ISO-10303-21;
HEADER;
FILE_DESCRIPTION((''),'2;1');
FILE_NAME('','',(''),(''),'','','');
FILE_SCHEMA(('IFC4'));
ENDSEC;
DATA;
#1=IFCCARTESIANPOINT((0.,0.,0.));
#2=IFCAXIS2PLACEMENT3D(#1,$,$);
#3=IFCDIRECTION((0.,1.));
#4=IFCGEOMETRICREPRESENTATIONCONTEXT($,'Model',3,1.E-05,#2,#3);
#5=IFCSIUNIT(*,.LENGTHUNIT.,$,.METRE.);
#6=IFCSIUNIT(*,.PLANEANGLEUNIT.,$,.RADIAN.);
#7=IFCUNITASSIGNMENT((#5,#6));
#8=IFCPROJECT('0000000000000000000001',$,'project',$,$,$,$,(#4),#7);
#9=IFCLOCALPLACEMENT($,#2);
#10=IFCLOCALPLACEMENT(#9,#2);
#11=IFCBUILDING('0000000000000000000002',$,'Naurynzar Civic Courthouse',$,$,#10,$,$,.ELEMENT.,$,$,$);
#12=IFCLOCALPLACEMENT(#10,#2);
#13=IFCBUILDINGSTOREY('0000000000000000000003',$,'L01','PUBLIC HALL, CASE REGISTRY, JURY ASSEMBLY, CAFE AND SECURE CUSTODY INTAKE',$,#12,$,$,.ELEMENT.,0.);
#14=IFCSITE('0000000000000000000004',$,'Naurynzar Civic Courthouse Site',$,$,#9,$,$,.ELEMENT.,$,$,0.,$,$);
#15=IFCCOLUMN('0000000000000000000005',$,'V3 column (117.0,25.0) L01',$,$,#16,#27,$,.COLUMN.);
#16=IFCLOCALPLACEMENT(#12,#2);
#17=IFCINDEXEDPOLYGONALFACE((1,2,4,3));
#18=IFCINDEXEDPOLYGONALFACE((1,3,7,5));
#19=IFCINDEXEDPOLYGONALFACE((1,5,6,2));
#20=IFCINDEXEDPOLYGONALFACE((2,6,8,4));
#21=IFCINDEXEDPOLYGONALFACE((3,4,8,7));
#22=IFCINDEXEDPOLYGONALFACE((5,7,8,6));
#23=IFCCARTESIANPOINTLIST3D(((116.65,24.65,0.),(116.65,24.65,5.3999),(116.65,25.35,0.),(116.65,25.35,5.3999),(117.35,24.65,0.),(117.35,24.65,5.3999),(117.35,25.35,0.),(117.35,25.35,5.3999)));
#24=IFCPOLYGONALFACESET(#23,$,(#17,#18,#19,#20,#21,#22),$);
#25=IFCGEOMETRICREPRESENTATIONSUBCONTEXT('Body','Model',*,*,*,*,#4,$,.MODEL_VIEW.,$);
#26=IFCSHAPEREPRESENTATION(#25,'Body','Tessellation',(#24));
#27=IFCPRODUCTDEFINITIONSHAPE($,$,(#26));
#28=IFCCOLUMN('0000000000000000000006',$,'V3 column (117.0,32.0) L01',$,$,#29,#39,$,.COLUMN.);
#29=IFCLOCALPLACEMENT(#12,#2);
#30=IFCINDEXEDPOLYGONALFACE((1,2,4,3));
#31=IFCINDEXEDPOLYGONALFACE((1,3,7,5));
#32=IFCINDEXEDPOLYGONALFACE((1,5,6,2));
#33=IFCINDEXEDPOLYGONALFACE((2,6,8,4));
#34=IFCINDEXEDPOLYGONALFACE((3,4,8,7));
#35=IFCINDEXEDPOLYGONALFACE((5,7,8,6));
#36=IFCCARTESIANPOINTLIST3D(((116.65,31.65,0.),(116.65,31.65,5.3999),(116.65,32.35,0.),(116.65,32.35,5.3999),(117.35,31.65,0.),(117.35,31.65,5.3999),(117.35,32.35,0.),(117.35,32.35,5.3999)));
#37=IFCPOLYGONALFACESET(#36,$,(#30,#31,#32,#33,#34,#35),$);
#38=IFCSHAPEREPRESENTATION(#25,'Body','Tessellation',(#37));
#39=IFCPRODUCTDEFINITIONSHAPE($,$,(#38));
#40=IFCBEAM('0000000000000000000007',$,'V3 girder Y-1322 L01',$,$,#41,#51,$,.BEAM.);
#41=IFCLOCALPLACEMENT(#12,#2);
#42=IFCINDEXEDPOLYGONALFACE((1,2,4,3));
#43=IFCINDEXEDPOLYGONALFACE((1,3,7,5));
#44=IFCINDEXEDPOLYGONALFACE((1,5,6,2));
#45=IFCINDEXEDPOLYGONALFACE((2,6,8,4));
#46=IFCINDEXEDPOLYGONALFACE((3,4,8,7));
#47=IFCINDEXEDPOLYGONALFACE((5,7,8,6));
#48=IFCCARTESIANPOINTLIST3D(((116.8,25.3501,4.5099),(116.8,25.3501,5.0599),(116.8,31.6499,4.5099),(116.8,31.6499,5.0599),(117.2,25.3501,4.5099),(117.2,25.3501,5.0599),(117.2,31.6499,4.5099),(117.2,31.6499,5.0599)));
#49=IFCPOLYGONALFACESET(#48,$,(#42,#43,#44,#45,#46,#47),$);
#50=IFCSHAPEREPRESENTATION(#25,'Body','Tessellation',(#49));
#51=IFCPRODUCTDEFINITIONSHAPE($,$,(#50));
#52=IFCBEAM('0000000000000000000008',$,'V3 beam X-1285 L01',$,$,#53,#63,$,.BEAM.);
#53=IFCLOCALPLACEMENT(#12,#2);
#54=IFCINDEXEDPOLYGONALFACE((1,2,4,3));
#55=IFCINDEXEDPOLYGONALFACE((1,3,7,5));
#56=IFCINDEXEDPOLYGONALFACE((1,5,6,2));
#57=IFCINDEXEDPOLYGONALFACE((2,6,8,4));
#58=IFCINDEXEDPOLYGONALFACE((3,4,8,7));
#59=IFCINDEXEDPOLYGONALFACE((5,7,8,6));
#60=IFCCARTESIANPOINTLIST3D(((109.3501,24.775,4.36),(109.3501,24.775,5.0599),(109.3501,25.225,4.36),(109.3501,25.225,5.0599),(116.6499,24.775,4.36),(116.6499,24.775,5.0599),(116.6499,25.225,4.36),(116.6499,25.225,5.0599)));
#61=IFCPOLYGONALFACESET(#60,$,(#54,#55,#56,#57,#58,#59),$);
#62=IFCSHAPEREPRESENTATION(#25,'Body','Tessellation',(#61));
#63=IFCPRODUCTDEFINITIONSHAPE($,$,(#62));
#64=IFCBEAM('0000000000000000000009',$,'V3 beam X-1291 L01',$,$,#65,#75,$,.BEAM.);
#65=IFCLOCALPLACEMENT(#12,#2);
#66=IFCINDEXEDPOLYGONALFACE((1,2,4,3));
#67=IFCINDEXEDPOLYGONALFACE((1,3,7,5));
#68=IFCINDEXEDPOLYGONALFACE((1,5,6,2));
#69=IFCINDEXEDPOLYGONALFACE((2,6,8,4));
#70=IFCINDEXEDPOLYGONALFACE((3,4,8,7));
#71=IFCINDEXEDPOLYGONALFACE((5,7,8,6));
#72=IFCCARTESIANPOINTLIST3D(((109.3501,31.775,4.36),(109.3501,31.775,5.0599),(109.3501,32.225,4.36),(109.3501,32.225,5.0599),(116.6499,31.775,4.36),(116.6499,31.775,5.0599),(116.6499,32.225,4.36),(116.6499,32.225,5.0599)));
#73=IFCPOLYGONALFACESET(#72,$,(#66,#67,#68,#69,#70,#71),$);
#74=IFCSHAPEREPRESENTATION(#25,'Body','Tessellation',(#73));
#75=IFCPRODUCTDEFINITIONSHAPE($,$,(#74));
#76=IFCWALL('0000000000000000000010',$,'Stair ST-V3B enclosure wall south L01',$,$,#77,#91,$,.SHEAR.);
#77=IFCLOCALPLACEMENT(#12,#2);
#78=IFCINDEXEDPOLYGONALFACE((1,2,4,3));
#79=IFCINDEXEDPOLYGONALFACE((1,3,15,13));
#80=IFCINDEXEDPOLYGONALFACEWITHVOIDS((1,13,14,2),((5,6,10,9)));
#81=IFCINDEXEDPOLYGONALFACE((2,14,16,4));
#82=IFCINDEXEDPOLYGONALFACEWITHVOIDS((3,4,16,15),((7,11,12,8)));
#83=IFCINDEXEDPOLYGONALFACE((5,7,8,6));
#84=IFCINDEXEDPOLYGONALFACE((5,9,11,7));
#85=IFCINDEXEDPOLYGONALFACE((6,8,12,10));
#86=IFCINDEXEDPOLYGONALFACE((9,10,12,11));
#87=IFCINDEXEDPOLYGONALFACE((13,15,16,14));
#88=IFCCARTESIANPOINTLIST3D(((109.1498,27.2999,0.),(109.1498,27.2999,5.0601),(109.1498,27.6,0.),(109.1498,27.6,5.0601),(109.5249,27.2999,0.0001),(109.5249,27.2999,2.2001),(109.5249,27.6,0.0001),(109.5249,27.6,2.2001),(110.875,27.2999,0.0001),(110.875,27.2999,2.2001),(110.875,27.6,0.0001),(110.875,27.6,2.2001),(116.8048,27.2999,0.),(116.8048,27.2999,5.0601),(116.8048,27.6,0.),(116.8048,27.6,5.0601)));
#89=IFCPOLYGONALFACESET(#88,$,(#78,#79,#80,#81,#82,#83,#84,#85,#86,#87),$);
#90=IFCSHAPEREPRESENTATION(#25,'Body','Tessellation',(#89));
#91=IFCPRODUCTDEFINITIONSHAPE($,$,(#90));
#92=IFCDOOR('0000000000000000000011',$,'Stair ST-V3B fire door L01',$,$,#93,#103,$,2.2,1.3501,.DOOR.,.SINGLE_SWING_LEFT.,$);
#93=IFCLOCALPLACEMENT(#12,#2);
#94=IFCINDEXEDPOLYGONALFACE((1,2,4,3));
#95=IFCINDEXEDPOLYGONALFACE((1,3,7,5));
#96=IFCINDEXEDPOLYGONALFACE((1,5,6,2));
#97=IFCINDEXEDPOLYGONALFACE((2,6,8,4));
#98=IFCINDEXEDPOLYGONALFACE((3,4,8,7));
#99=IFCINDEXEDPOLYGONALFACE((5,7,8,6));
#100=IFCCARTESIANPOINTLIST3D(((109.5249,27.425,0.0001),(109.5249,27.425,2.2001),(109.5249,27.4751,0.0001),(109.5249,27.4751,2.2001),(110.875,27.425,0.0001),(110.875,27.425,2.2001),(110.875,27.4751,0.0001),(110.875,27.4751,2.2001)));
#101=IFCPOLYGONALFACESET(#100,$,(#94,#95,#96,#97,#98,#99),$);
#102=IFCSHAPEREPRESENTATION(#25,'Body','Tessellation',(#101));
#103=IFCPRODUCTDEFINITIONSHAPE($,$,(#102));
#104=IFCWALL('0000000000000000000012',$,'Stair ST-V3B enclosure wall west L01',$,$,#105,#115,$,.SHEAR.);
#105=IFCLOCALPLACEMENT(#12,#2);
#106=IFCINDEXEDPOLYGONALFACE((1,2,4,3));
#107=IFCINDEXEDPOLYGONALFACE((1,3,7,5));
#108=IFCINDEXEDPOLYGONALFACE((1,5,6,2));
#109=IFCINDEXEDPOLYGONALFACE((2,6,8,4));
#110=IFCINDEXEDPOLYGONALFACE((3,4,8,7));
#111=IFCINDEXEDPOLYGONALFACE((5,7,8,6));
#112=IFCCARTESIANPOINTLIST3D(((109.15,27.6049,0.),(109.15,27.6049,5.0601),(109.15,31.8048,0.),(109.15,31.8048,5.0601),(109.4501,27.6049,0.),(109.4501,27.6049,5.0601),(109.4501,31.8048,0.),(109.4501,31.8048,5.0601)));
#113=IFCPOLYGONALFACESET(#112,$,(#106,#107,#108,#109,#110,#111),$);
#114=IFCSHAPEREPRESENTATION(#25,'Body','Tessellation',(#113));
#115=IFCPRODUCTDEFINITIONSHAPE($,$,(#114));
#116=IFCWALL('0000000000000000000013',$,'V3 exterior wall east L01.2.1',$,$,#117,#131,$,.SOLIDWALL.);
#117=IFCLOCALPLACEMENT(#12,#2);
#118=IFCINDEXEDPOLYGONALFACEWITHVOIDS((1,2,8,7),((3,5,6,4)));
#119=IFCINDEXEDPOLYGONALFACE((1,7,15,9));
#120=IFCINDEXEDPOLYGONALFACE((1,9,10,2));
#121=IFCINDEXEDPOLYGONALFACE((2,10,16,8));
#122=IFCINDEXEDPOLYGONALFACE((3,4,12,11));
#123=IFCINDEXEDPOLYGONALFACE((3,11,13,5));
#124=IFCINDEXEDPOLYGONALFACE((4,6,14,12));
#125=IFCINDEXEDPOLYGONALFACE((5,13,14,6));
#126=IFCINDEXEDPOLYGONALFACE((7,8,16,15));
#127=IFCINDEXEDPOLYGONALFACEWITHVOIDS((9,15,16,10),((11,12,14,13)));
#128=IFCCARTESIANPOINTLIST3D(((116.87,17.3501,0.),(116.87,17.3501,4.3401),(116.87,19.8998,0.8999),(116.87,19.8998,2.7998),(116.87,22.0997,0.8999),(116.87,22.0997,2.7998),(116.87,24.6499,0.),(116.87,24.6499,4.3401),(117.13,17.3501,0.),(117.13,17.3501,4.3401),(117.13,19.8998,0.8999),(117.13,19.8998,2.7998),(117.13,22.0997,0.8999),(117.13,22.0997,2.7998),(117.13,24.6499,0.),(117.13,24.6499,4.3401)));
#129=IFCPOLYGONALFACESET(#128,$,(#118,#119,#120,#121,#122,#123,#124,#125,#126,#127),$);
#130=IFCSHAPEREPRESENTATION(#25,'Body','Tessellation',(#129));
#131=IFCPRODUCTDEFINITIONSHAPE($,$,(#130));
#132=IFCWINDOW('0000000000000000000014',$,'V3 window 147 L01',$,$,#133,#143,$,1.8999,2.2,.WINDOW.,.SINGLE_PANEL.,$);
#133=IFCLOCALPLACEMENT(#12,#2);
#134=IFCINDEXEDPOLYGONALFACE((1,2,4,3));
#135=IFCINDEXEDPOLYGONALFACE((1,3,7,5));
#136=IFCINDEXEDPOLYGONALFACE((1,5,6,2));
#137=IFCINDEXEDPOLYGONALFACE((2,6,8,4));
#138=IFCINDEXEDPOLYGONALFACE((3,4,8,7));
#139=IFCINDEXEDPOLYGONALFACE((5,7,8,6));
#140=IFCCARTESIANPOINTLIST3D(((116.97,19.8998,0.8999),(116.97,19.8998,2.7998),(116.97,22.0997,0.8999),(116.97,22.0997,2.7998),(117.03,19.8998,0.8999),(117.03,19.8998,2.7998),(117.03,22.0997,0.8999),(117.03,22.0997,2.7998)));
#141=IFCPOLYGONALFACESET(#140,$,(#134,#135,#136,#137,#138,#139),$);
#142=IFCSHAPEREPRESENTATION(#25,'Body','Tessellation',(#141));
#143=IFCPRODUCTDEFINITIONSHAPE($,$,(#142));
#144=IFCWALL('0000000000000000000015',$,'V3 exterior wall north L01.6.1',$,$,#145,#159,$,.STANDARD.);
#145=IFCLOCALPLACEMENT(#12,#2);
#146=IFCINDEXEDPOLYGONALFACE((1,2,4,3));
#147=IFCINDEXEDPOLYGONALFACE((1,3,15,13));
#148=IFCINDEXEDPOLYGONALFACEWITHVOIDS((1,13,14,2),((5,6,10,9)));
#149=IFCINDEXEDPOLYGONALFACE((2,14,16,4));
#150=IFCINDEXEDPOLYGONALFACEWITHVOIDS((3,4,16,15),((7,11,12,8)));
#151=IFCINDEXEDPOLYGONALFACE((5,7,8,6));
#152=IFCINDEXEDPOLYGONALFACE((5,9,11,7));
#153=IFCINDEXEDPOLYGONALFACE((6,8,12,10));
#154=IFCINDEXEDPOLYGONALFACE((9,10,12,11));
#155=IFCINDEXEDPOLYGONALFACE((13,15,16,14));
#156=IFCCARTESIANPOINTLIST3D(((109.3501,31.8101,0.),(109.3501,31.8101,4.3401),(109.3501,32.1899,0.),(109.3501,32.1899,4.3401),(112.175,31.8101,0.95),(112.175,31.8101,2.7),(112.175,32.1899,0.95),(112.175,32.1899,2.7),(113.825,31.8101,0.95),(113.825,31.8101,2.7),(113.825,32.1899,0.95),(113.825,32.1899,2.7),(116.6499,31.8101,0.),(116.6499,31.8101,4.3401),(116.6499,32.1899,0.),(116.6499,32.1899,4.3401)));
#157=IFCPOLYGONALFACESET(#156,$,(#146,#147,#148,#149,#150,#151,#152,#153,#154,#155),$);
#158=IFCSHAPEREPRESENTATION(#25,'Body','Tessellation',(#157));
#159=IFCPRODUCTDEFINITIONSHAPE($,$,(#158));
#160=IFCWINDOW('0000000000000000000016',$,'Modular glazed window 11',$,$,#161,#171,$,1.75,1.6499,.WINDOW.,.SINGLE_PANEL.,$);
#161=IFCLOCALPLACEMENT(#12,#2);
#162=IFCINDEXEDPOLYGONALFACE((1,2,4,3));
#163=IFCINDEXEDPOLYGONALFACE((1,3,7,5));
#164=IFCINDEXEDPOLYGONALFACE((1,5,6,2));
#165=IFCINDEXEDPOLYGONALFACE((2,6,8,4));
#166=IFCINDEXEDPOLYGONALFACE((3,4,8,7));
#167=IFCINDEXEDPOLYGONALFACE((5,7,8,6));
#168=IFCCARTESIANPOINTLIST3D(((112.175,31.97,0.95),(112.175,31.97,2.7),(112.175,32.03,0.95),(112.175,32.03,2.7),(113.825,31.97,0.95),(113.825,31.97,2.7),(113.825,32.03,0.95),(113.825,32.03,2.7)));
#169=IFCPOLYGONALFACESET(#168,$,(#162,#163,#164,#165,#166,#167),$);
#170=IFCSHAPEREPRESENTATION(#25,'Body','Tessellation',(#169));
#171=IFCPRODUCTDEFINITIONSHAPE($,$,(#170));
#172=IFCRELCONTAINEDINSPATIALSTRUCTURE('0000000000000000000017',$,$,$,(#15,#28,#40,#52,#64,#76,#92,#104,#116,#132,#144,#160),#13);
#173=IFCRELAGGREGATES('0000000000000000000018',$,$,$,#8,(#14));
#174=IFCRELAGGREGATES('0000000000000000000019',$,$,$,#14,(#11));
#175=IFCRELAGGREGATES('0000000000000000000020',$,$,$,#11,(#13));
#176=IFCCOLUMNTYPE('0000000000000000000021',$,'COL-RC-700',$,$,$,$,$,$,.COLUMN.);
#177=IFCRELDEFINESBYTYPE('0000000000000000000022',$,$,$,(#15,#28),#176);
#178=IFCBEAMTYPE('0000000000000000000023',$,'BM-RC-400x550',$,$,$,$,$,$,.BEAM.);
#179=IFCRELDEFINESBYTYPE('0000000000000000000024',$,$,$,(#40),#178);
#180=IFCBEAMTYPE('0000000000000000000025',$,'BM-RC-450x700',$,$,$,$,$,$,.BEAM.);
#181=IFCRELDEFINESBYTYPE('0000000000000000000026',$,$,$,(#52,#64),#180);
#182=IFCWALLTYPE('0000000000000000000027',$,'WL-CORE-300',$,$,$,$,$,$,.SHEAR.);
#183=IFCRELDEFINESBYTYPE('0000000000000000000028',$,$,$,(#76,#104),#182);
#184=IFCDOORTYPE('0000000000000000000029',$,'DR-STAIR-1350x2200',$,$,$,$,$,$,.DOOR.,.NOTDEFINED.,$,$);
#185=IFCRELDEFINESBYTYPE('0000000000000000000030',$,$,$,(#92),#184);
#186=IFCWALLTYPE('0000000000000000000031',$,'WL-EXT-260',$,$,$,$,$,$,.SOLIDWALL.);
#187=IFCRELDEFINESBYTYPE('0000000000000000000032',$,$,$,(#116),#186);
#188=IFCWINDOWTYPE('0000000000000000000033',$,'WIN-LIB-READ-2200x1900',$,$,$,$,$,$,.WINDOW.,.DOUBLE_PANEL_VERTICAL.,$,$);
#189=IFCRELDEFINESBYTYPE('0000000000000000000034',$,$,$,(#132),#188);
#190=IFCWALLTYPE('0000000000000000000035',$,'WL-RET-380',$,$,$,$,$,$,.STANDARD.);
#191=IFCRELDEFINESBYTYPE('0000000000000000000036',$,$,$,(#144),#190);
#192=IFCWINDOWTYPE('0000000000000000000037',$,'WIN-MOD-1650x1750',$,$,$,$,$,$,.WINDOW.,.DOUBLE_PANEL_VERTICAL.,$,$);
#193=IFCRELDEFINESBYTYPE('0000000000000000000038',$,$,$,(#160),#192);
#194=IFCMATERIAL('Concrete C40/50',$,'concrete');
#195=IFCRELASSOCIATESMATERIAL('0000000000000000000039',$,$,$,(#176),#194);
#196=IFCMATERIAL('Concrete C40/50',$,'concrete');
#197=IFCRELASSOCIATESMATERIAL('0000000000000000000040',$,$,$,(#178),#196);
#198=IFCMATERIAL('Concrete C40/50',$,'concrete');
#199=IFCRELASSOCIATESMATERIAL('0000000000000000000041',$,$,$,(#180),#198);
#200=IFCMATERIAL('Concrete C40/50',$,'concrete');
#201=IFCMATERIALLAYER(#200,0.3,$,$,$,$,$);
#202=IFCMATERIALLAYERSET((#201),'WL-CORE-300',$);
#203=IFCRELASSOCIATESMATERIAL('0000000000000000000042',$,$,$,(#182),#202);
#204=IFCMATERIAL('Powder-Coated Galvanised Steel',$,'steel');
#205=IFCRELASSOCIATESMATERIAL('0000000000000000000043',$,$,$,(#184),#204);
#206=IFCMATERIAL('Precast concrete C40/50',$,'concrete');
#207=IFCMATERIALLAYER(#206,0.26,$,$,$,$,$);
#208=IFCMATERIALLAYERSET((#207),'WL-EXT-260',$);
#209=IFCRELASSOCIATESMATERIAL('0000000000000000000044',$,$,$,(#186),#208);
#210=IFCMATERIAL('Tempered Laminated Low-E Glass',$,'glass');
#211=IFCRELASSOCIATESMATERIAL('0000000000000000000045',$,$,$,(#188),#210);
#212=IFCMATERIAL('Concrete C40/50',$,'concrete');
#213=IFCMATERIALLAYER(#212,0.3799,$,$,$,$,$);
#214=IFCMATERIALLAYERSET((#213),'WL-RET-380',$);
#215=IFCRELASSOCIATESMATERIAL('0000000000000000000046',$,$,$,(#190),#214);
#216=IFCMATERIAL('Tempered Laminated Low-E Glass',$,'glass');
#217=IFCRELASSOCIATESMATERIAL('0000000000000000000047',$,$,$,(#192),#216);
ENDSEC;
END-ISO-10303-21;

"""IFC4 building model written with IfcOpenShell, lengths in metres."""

from ifc_helpers import new_model, si_unit, direction, frame, frame_2d, origin, origin_2d, place, context, subcontext, project, spatial, rectangle, extrude, material, layer, layer_set, material_profile, profile_set, type_object, element, fill, save


model = new_model("IFC4")

# Units and contexts
model_context = context("Model", 3, precision=1e-05, world=origin(), true_north=direction((0.0, 1.0)))
body_context = subcontext(model_context, "Body", "Model", "MODEL_VIEW")
ifc_project = project(units=[si_unit("LENGTHUNIT", "METRE"), si_unit("PLANEANGLEUNIT", "RADIAN")], contexts=[model_context])

# Site, building, storey
site_placement = place(None, origin())
site = spatial("IfcSite", under=ifc_project, at=site_placement, Name="Naurynzar Civic Courthouse Site", CompositionType="ELEMENT", RefElevation=0.0)
building_placement = place(site_placement, origin())
building = spatial("IfcBuilding", under=site, at=building_placement, Name="Naurynzar Civic Courthouse", CompositionType="ELEMENT")
storey_placement = place(building_placement, origin())
storey = spatial("IfcBuildingStorey", under=building, at=storey_placement, Name="L01", Description="PUBLIC HALL, CASE REGISTRY, JURY ASSEMBLY, CAFE AND SECURE CUSTODY INTAKE", CompositionType="ELEMENT", Elevation=0.0)

# Columns
ifc_material_1 = material(Name="Concrete C40/50", Category="concrete")
ifc_material_profile_1 = material_profile(ifc_material_1, rectangle(XDim=0.7, YDim=0.7, at=origin_2d()), Name="RC 700x700")
ifc_profile_set_1 = profile_set([ifc_material_profile_1], Name="Concrete C40/50")
column_type = type_object("IfcColumnType", Name="COL-RC-700", PredefinedType="COLUMN", material=ifc_profile_set_1)
for number, where, z_axis, x_axis, name in (
    (1, (117.0, 25.0, 0.0), (0.0, 0.0, 1.0), (1.0, 0.0, 0.0), "V3 column (117.0,25.0) L01"),
    (2, (117.0, 32.0, 0.0), (0.0, 0.0, 1.0), (1.0, 0.0, 0.0), "V3 column (117.0,32.0) L01"),
):
    element("IfcColumn", number, at=place(storey_placement, frame(where, z_axis=z_axis, x_axis=x_axis)), inside=storey, type_object=column_type, Name=name, PredefinedType="COLUMN", context=body_context, shape_type="SweptSolid", body=[
        extrude(rectangle(XDim=0.7, YDim=0.7, at=origin_2d()), origin(), (0.0, 0.0, 1.0), 5.3999),
    ])

# Beams
ifc_material_2 = material(Name="Concrete C40/50", Category="concrete")
ifc_material_profile_2 = material_profile(ifc_material_2, rectangle(XDim=0.3999, YDim=0.55, at=origin_2d()), Name="RCB 400x550")
ifc_profile_set_2 = profile_set([ifc_material_profile_2], Name="Concrete C40/50")
beam_type_1 = type_object("IfcBeamType", Name="BM-RC-400x550", PredefinedType="BEAM", material=ifc_profile_set_2)
beam_placement = place(storey_placement, frame((117.0, 25.3501, 4.7849), z_axis=(0.0, 1.0, 0.0), x_axis=(-1.0, 0.0, 0.0)))
element("IfcBeam", 3, at=beam_placement, inside=storey, type_object=beam_type_1, Name="V3 girder Y-1322 L01", PredefinedType="BEAM", context=body_context, shape_type="SweptSolid", body=[
    extrude(rectangle(XDim=0.3999, YDim=0.55, at=origin_2d()), origin(), (0.0, 0.0, 1.0), 6.2998),
])
ifc_material_3 = material(Name="Concrete C40/50", Category="concrete")
ifc_material_profile_3 = material_profile(ifc_material_3, rectangle(XDim=0.45, YDim=0.7, at=origin_2d()), Name="RCB 450x700")
ifc_profile_set_3 = profile_set([ifc_material_profile_3], Name="Concrete C40/50")
beam_type_2 = type_object("IfcBeamType", Name="BM-RC-450x700", PredefinedType="BEAM", material=ifc_profile_set_3)
for number, where, z_axis, x_axis, name in (
    (4, (109.3501, 25.0, 4.71), (1.0, 0.0, 0.0), (0.0, 1.0, 0.0), "V3 beam X-1285 L01"),
    (5, (109.3501, 32.0, 4.71), (1.0, 0.0, 0.0), (0.0, 1.0, 0.0), "V3 beam X-1291 L01"),
):
    element("IfcBeam", number, at=place(storey_placement, frame(where, z_axis=z_axis, x_axis=x_axis)), inside=storey, type_object=beam_type_2, Name=name, PredefinedType="BEAM", context=body_context, shape_type="SweptSolid", body=[
        extrude(rectangle(XDim=0.45, YDim=0.7, at=origin_2d()), origin(), (0.0, 0.0, 1.0), 7.2998),
    ])

# Wall, opening, door
ifc_material_4 = material(Name="Concrete C40/50", Category="concrete")
ifc_layer_1 = layer(ifc_material_4, 0.3)
ifc_layer_set_1 = layer_set([ifc_layer_1], Name="WL-CORE-300")
wall_type_1 = type_object("IfcWallType", Name="WL-CORE-300", PredefinedType="SHEAR", material=ifc_layer_set_1)
wall_1_placement = place(storey_placement, frame((116.8049, 27.45, 0.0), z_axis=(0.0, 0.0, 1.0), x_axis=(-1.0, 0.0, 0.0)))
wall_1 = element("IfcWall", 6, at=wall_1_placement, inside=storey, type_object=wall_type_1, Name="Stair ST-V3B enclosure wall south L01", PredefinedType="SHEAR", context=body_context, shape_type="SweptSolid", body=[
    extrude(rectangle(XDim=7.655, YDim=0.3, at=frame_2d((3.8276, 0.0))), origin(), (0.0, 0.0, 1.0), 5.0601),
])
opening_1_placement = place(wall_1_placement, frame((5.9299, 0.0, 0.0)))
opening_1 = element("IfcOpeningElement", 7, at=opening_1_placement, cuts=wall_1, PredefinedType="OPENING", context=body_context, shape_type="SweptSolid", body=[
    extrude(rectangle(XDim=1.3501, YDim=2.2, at=frame_2d((0.675, 1.1001))), frame((0.0, 0.1599, 0.0), z_axis=(0.0, -1.0, 0.0), x_axis=(1.0, 0.0, 0.0)), (0.0, 0.0, 1.0), 0.3201),
])
ifc_material_5 = material(Name="Powder-Coated Galvanised Steel", Category="steel")
door_type = type_object("IfcDoorType", Name="DR-STAIR-1350x2200", OperationType="NOTDEFINED", PredefinedType="DOOR", material=ifc_material_5)
door_placement = place(opening_1_placement, origin())
door = element("IfcDoor", 8, at=door_placement, inside=storey, type_object=door_type, Name="Stair ST-V3B fire door L01", OperationType="SINGLE_SWING_LEFT", OverallHeight=2.2, OverallWidth=1.3501, PredefinedType="DOOR", context=body_context, shape_type="SweptSolid", body=[
    extrude(rectangle(XDim=1.3501, YDim=2.2, at=frame_2d((0.675, 1.1001))), frame((0.0, 0.0249, 0.0), z_axis=(0.0, -1.0, 0.0), x_axis=(1.0, 0.0, 0.0)), (0.0, 0.0, 1.0), 0.05),
])
fill(opening_1, door)

# Wall
wall_2_placement = place(storey_placement, frame((109.3, 31.8049, 0.0), z_axis=(0.0, 0.0, 1.0), x_axis=(0.0, -1.0, 0.0)))
element("IfcWall", 9, at=wall_2_placement, inside=storey, type_object=wall_type_1, Name="Stair ST-V3B enclosure wall west L01", PredefinedType="SHEAR", context=body_context, shape_type="SweptSolid", body=[
    extrude(rectangle(XDim=4.2, YDim=0.3, at=frame_2d((2.1001, 0.0))), origin(), (0.0, 0.0, 1.0), 5.0601),
])

# Walls, openings, windows
ifc_material_6 = material(Name="Precast concrete C40/50", Category="concrete")
ifc_layer_2 = layer(ifc_material_6, 0.26)
ifc_layer_set_2 = layer_set([ifc_layer_2], Name="WL-EXT-260")
wall_type_2 = type_object("IfcWallType", Name="WL-EXT-260", PredefinedType="SOLIDWALL", material=ifc_layer_set_2)
wall_3_placement = place(storey_placement, frame((117.0, 24.6499, 0.0), z_axis=(0.0, 0.0, 1.0), x_axis=(0.0, -1.0, 0.0)))
wall_3 = element("IfcWall", 10, at=wall_3_placement, inside=storey, type_object=wall_type_2, Name="V3 exterior wall east L01.2.1", PredefinedType="SOLIDWALL", context=body_context, shape_type="SweptSolid", body=[
    extrude(rectangle(XDim=7.2998, YDim=0.26, at=frame_2d((3.6499, 0.0))), origin(), (0.0, 0.0, 1.0), 4.3401),
])
opening_2_placement = place(wall_3_placement, frame((2.55, 0.0, 0.8999)))
opening_2 = element("IfcOpeningElement", 11, at=opening_2_placement, cuts=wall_3, PredefinedType="OPENING", context=body_context, shape_type="SweptSolid", body=[
    extrude(rectangle(XDim=2.2, YDim=1.8999, at=frame_2d((1.1001, 0.95))), frame((0.0, 0.1399, 0.0), z_axis=(0.0, -1.0, 0.0), x_axis=(1.0, 0.0, 0.0)), (0.0, 0.0, 1.0), 0.28),
])
ifc_material_7 = material(Name="Tempered Laminated Low-E Glass", Category="glass")
window_type_1 = type_object("IfcWindowType", Name="WIN-LIB-READ-2200x1900", PartitioningType="DOUBLE_PANEL_VERTICAL", PredefinedType="WINDOW", material=ifc_material_7)
window_1_placement = place(opening_2_placement, origin())
window_1 = element("IfcWindow", 12, at=window_1_placement, inside=storey, type_object=window_type_1, Name="V3 window 147 L01", OverallHeight=1.8999, OverallWidth=2.2, PartitioningType="SINGLE_PANEL", PredefinedType="WINDOW", context=body_context, shape_type="SweptSolid", body=[
    extrude(rectangle(XDim=2.2, YDim=1.8999, at=frame_2d((1.1001, 0.95))), frame((0.0, 0.03, 0.0), z_axis=(0.0, -1.0, 0.0), x_axis=(1.0, 0.0, 0.0)), (0.0, 0.0, 1.0), 0.0601),
])
fill(opening_2, window_1)
ifc_material_8 = material(Name="Concrete C40/50", Category="concrete")
ifc_layer_3 = layer(ifc_material_8, 0.3799)
ifc_layer_set_3 = layer_set([ifc_layer_3], Name="WL-RET-380")
wall_type_3 = type_object("IfcWallType", Name="WL-RET-380", PredefinedType="STANDARD", material=ifc_layer_set_3)
wall_4_placement = place(storey_placement, frame((109.3501, 32.0, 0.0), z_axis=(0.0, 0.0, 1.0), x_axis=(1.0, 0.0, 0.0)))
wall_4 = element("IfcWall", 13, at=wall_4_placement, inside=storey, type_object=wall_type_3, Name="V3 exterior wall north L01.6.1", PredefinedType="STANDARD", context=body_context, shape_type="SweptSolid", body=[
    extrude(rectangle(XDim=7.2998, YDim=0.3799, at=frame_2d((3.6499, 0.0))), origin(), (0.0, 0.0, 1.0), 4.3401),
])
opening_3_placement = place(wall_4_placement, frame((2.825, 0.0, 0.95)))
opening_3 = element("IfcOpeningElement", 14, at=opening_3_placement, cuts=wall_4, PredefinedType="OPENING", context=body_context, shape_type="SweptSolid", body=[
    extrude(rectangle(XDim=1.6499, YDim=1.75, at=frame_2d((0.825, 0.875))), frame((0.0, 0.2, 0.0), z_axis=(0.0, -1.0, 0.0), x_axis=(1.0, 0.0, 0.0)), (0.0, 0.0, 1.0), 0.3999),
])
ifc_material_9 = material(Name="Tempered Laminated Low-E Glass", Category="glass")
window_type_2 = type_object("IfcWindowType", Name="WIN-MOD-1650x1750", PartitioningType="DOUBLE_PANEL_VERTICAL", PredefinedType="WINDOW", material=ifc_material_9)
window_2_placement = place(opening_3_placement, origin())
window_2 = element("IfcWindow", 15, at=window_2_placement, inside=storey, type_object=window_type_2, Name="Modular glazed window 11", OverallHeight=1.75, OverallWidth=1.6499, PartitioningType="SINGLE_PANEL", PredefinedType="WINDOW", context=body_context, shape_type="SweptSolid", body=[
    extrude(rectangle(XDim=1.6499, YDim=1.75, at=frame_2d((0.825, 0.875))), frame((0.0, 0.03, 0.0), z_axis=(0.0, -1.0, 0.0), x_axis=(1.0, 0.0, 0.0)), (0.0, 0.0, 1.0), 0.0601),
])
fill(opening_3, window_2)

save(model, "model.ifc")
